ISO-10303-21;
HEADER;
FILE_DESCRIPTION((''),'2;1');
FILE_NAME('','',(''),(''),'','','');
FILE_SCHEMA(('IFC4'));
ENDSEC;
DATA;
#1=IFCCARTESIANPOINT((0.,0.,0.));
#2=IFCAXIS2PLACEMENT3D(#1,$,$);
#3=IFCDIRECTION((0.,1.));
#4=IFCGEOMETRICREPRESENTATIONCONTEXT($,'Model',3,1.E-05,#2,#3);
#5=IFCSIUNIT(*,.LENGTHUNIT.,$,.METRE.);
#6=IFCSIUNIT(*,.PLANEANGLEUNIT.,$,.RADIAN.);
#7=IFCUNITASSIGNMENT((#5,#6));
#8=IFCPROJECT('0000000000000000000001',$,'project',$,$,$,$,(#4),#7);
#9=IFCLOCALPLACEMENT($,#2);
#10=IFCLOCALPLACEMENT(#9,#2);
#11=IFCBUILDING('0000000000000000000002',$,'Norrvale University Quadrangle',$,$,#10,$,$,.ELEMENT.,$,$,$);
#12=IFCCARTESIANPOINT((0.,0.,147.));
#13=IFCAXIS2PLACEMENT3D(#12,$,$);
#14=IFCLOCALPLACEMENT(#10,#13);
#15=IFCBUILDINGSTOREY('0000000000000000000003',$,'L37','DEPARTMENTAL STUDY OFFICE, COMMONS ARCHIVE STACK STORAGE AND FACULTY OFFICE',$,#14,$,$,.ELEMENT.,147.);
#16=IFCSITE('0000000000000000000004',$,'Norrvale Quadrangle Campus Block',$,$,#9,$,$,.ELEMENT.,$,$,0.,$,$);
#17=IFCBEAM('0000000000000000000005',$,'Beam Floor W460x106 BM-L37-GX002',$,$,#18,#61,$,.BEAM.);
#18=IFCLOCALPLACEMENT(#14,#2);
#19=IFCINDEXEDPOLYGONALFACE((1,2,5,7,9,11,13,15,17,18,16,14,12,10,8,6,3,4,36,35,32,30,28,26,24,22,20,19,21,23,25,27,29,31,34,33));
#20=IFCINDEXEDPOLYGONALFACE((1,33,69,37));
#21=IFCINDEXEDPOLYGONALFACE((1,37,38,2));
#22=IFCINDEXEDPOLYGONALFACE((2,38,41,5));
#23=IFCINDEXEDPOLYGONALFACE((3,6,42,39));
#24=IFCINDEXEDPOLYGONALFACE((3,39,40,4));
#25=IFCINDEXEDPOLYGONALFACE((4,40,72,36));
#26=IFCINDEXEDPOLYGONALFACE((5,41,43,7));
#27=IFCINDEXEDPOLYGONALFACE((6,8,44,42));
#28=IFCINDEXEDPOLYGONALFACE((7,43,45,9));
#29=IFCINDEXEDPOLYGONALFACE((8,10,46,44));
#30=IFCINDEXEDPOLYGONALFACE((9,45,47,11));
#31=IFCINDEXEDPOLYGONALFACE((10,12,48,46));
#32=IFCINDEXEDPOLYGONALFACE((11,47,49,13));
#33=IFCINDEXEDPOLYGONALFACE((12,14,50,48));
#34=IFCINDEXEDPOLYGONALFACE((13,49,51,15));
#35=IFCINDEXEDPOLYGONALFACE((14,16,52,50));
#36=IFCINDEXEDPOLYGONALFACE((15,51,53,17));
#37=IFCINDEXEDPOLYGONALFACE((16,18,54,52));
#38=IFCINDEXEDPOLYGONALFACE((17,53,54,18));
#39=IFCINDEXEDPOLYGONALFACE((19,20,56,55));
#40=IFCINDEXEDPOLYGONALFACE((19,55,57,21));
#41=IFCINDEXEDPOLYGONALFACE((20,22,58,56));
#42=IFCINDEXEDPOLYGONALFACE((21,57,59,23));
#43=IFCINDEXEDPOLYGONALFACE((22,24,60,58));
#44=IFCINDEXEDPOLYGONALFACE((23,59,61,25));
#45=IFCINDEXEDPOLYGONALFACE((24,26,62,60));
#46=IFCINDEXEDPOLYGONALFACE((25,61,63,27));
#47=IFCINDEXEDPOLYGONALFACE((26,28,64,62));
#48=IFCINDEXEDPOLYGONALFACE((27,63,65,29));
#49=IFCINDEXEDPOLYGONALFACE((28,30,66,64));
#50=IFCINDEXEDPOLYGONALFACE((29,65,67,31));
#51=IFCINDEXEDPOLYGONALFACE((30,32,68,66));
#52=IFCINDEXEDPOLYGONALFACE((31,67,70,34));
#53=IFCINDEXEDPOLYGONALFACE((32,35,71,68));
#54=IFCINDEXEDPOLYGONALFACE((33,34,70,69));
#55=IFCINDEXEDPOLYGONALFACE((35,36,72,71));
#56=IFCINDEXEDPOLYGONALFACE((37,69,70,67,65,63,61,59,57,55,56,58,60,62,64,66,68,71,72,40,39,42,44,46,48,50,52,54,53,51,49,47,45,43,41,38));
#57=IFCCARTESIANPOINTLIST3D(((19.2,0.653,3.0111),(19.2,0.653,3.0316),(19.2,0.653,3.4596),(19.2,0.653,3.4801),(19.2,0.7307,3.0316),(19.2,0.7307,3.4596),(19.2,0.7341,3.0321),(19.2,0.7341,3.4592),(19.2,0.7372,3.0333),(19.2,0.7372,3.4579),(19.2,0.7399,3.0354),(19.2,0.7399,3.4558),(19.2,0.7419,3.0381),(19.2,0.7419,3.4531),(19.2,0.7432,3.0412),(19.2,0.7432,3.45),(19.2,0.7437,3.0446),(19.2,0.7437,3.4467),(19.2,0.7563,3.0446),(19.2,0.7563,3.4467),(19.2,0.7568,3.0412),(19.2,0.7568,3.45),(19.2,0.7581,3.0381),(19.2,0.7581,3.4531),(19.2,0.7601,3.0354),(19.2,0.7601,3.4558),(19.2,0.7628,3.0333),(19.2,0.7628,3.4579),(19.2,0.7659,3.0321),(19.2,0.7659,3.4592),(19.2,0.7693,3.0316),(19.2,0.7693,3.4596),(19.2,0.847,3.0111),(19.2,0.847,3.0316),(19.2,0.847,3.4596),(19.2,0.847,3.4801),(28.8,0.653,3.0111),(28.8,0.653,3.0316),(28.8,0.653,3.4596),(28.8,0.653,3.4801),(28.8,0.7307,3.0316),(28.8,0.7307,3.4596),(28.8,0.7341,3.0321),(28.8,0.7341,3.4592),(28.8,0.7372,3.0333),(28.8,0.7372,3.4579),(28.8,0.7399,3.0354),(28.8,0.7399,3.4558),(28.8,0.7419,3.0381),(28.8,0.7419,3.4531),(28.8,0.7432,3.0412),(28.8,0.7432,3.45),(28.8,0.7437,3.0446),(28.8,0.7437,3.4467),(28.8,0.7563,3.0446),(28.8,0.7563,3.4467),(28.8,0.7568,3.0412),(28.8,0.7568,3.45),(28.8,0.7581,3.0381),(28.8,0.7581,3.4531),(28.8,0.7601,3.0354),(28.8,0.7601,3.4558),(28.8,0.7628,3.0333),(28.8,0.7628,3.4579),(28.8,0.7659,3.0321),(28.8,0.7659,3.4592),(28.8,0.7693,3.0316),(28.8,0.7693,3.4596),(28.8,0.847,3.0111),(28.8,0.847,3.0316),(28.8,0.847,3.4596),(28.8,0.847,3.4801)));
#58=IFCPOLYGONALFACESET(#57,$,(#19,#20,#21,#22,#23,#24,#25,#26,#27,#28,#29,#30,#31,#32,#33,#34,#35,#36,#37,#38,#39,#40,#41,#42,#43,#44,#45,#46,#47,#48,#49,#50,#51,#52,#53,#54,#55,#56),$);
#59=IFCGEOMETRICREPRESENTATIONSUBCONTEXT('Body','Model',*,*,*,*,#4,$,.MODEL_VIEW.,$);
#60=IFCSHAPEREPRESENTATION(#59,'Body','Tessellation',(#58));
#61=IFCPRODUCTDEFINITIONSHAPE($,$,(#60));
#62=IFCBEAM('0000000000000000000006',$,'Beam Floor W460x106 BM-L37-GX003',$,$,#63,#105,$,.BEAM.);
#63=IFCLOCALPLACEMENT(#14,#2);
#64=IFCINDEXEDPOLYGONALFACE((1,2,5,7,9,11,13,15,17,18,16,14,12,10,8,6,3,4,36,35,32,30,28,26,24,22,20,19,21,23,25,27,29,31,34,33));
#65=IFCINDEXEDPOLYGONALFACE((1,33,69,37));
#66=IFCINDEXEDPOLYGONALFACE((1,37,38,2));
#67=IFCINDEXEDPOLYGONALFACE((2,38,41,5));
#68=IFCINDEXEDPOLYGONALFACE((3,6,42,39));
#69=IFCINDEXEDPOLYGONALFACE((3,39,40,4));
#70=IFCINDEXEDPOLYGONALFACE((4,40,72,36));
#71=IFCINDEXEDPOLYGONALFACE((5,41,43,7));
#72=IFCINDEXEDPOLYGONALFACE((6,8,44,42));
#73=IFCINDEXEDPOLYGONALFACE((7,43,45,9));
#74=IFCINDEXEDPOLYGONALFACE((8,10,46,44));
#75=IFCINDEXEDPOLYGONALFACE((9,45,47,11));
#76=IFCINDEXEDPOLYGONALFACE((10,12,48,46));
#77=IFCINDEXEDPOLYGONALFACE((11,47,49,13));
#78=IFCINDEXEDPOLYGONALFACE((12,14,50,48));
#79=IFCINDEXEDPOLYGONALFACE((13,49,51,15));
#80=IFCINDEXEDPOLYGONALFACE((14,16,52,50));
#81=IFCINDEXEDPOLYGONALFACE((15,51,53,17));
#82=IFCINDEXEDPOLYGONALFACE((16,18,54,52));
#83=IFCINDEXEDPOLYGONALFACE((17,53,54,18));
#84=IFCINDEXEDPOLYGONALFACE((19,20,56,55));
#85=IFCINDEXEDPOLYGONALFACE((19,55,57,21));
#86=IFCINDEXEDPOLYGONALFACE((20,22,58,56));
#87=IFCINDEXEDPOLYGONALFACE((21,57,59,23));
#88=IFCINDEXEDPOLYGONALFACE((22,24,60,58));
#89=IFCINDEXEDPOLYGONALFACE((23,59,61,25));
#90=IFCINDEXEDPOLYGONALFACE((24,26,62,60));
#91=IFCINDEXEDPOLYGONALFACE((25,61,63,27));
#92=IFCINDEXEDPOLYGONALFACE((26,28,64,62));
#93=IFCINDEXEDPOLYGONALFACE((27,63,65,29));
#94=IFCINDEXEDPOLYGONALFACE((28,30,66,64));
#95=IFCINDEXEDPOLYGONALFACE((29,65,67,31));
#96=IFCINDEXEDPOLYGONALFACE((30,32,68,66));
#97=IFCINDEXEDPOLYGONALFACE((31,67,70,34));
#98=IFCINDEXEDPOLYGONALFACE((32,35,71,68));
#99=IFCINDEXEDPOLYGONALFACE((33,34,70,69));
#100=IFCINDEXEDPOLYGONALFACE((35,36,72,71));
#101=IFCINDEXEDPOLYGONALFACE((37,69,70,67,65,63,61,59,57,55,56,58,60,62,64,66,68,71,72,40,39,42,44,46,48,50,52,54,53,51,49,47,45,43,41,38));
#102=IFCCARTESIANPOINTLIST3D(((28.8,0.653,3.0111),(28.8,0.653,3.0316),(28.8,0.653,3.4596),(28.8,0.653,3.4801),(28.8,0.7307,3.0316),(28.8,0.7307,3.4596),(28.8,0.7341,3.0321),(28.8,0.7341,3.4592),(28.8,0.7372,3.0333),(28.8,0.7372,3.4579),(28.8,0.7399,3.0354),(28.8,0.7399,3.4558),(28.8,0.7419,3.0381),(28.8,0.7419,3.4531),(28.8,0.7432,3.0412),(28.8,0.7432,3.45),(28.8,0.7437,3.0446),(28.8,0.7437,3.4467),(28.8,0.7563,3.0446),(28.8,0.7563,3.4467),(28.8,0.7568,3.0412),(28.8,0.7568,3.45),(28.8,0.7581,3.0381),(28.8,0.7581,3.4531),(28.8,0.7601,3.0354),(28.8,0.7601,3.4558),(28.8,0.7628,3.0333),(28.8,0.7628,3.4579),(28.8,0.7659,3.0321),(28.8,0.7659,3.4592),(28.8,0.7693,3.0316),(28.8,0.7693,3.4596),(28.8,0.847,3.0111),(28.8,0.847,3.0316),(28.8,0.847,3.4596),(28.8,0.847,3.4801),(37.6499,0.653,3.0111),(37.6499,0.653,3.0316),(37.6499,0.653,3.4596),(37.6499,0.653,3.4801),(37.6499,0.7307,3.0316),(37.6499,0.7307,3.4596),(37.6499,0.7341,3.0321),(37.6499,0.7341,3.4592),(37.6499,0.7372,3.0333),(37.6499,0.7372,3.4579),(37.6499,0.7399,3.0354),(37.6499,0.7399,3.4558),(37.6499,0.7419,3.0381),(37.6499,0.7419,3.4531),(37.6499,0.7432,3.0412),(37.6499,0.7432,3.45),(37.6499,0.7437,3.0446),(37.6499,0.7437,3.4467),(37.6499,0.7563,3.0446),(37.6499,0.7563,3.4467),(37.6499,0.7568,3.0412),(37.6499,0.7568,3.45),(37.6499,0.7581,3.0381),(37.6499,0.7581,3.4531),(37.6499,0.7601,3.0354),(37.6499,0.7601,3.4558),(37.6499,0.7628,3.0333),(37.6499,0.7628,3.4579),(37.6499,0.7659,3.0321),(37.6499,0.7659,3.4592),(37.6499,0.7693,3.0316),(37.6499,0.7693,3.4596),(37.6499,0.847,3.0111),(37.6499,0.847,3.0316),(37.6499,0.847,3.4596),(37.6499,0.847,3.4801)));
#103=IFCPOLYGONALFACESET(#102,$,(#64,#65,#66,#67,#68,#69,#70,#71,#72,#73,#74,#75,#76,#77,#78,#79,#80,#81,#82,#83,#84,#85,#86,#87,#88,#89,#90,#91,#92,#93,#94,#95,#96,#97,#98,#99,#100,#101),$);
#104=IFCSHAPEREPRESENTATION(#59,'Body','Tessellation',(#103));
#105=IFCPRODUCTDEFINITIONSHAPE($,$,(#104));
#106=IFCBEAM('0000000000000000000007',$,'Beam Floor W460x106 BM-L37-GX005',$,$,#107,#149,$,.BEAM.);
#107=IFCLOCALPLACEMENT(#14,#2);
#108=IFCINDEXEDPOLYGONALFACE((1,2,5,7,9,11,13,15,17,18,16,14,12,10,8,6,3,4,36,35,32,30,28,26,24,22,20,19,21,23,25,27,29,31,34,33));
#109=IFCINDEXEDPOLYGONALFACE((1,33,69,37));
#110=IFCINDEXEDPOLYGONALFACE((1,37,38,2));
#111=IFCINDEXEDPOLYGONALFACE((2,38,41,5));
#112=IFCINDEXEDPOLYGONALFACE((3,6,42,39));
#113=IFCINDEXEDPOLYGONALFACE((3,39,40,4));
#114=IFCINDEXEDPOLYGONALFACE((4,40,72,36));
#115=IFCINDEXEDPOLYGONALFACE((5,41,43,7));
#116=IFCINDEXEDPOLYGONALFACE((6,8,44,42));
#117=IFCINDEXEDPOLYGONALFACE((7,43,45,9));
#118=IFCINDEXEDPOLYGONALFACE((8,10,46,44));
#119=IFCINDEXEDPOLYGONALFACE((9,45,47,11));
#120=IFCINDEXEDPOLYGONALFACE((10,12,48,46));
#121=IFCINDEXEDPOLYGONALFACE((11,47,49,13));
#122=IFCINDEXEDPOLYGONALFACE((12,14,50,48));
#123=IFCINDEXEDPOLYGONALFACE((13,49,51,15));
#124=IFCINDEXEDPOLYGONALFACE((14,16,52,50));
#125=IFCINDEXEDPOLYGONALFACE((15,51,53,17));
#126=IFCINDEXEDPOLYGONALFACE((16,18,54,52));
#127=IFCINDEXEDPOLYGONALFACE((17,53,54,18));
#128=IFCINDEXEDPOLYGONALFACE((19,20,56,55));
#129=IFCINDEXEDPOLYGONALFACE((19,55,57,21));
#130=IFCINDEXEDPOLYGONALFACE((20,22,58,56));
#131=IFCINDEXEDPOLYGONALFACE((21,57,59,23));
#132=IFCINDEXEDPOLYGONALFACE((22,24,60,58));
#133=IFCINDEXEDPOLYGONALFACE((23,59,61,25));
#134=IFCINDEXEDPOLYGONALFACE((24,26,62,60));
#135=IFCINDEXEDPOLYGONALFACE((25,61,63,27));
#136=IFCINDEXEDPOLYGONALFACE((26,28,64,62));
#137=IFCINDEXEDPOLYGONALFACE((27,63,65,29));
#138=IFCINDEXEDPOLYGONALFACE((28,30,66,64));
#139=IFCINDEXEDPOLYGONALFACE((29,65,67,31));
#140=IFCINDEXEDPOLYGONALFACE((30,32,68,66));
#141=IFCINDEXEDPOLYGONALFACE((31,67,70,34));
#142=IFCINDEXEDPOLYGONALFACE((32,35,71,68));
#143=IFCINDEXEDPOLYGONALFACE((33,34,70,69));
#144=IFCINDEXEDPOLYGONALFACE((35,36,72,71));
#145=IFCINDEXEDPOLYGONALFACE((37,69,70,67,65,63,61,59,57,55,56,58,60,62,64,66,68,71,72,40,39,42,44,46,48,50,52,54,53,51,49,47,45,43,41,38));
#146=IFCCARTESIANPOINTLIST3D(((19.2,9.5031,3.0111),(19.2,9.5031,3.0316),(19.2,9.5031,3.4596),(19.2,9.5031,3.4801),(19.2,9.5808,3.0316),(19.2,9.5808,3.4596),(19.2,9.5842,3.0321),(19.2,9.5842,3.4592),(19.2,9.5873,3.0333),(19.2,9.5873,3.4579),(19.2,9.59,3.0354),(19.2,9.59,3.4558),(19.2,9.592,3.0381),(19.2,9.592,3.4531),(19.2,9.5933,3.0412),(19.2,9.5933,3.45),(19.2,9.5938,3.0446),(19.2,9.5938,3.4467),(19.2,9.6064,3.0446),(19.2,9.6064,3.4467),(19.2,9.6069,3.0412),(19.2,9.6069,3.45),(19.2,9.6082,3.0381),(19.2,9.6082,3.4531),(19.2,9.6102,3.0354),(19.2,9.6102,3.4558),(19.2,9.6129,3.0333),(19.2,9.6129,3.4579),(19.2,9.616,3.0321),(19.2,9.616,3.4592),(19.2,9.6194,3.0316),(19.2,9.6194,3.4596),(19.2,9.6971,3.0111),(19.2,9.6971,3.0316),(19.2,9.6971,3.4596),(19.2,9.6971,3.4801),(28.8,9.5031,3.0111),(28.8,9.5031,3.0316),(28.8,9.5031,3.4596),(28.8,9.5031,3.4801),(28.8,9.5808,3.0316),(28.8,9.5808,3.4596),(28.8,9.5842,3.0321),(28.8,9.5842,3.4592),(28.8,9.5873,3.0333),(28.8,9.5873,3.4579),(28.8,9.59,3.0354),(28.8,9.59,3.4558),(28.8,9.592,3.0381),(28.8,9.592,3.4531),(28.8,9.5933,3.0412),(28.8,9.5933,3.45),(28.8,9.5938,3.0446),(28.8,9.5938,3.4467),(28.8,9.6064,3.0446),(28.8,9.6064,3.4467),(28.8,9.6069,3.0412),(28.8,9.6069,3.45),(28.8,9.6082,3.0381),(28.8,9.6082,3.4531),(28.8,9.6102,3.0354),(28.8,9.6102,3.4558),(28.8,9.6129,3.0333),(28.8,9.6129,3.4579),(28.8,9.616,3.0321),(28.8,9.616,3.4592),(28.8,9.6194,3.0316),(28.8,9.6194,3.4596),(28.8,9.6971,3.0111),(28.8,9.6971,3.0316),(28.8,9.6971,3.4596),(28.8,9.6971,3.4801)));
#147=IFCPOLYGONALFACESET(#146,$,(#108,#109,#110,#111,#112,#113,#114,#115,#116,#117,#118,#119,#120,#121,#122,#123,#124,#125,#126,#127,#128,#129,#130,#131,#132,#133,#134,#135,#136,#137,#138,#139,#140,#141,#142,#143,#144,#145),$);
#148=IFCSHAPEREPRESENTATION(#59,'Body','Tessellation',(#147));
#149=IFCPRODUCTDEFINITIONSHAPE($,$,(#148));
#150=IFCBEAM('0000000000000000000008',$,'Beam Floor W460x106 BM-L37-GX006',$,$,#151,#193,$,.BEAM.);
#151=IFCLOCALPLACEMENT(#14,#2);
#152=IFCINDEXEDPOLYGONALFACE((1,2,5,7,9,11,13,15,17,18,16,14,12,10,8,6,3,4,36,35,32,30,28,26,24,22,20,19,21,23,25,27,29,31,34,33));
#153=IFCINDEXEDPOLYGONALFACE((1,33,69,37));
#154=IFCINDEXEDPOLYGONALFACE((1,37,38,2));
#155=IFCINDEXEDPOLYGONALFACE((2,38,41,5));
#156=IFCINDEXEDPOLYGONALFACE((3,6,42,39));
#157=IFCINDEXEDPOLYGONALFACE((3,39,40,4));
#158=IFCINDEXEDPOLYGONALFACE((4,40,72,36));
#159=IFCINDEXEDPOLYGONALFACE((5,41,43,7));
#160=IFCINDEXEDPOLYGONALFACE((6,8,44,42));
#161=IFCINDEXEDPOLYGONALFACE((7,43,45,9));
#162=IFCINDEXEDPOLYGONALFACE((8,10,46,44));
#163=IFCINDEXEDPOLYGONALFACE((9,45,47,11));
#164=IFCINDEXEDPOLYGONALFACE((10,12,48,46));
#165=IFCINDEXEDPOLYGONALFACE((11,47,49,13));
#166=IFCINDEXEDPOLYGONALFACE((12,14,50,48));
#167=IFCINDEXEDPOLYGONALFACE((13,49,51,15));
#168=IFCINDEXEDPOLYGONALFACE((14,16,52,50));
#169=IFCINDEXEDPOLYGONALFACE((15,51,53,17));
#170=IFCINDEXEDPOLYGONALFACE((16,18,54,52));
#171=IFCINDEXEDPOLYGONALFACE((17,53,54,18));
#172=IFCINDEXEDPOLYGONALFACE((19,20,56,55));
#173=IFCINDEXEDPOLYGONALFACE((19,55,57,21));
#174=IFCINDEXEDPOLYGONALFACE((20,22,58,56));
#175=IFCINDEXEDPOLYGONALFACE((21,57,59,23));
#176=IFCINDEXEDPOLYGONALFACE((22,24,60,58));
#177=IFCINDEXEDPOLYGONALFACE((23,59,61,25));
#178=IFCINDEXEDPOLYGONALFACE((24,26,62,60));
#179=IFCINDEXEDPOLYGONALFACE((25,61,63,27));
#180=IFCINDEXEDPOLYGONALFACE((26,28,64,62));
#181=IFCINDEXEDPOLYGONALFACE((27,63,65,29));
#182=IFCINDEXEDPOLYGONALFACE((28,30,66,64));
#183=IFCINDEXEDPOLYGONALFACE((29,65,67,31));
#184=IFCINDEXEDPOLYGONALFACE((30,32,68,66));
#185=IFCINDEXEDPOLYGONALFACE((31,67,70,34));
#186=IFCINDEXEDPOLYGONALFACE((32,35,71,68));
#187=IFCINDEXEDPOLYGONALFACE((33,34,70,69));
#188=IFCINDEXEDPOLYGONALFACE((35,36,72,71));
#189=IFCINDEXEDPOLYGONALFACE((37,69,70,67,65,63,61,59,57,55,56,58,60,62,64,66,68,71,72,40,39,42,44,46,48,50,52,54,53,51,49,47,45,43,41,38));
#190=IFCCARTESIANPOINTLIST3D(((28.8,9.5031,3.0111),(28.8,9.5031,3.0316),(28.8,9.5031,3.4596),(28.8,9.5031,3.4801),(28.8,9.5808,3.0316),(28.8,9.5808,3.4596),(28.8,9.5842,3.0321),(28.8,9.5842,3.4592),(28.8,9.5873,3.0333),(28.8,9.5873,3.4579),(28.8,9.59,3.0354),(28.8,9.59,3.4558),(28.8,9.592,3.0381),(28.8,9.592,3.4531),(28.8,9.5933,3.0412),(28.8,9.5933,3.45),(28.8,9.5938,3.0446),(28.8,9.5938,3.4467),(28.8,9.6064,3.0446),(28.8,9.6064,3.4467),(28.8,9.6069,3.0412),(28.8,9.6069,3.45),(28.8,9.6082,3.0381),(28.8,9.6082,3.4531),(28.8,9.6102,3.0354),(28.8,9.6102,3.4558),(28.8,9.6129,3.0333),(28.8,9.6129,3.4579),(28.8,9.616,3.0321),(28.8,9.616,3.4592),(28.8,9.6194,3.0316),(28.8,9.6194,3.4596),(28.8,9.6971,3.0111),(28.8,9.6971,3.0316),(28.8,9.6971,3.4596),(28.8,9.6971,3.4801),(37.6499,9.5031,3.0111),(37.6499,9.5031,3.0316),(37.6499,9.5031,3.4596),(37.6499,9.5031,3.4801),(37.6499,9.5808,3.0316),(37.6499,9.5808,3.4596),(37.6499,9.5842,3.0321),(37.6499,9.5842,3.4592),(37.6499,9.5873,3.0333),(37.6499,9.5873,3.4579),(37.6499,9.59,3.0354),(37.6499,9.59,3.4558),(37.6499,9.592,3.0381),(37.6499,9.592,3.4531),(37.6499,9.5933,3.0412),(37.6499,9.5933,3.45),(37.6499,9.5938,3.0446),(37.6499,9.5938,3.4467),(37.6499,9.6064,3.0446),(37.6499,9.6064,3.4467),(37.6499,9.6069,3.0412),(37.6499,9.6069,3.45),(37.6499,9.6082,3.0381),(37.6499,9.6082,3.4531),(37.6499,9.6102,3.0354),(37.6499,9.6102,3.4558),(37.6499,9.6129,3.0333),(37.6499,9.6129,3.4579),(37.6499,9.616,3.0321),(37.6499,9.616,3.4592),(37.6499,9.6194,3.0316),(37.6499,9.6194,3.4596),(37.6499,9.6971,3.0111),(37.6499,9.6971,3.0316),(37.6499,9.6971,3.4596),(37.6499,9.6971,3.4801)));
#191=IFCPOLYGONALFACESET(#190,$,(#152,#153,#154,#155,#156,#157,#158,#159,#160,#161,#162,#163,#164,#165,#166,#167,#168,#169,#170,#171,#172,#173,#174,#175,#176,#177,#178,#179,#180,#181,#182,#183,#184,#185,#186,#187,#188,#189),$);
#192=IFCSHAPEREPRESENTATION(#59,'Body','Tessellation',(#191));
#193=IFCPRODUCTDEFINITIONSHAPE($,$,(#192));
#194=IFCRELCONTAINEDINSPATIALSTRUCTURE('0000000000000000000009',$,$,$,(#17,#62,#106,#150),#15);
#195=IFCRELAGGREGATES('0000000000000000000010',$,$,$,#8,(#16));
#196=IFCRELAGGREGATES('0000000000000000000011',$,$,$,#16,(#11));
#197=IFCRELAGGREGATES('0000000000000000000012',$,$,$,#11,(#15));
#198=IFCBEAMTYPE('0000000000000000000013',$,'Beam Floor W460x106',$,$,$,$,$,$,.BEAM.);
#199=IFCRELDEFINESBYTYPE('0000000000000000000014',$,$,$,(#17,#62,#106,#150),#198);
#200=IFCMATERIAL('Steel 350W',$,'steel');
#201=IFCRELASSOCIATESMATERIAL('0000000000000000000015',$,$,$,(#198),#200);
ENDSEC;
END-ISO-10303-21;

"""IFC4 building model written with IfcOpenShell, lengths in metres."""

from ifc_helpers import new_model, si_unit, direction, frame, origin, origin_2d, place, context, subcontext, project, spatial, i_section, extrude, material, material_profile, profile_set, type_object, element, save


model = new_model("IFC4")

# Units and contexts
model_context = context("Model", 3, precision=1e-05, world=origin(), true_north=direction((0.0, 1.0)))
body_context = subcontext(model_context, "Body", "Model", "MODEL_VIEW")
ifc_project = project(units=[si_unit("LENGTHUNIT", "METRE"), si_unit("PLANEANGLEUNIT", "RADIAN")], contexts=[model_context])

# Site, building, storey
site_placement = place(None, origin())
site = spatial("IfcSite", under=ifc_project, at=site_placement, Name="Norrvale Quadrangle Campus Block", CompositionType="ELEMENT", RefElevation=0.0)
building_placement = place(site_placement, origin())
building = spatial("IfcBuilding", under=site, at=building_placement, Name="Norrvale University Quadrangle", CompositionType="ELEMENT")
storey_placement = place(building_placement, frame((0.0, 0.0, 147.0)))
storey = spatial("IfcBuildingStorey", under=building, at=storey_placement, Name="L37", Description="DEPARTMENTAL STUDY OFFICE, COMMONS ARCHIVE STACK STORAGE AND FACULTY OFFICE", CompositionType="ELEMENT", Elevation=147.0)

# Beams
ifc_material_1 = material(Name="Steel 350W", Category="steel")
ifc_material_profile_1 = material_profile(ifc_material_1, i_section(OverallWidth=0.1941, OverallDepth=0.469, WebThickness=0.0127, FlangeThickness=0.0205, FilletRadius=0.0129, at=origin_2d()), Name="Steel 350W")
ifc_profile_set_1 = profile_set([ifc_material_profile_1], Name="Steel 350W")
beam_type_1 = type_object("IfcBeamType", Name="Beam Floor W460x106", PredefinedType="BEAM", material=ifc_profile_set_1)
beam_1_placement = place(storey_placement, frame((19.2, 0.75, 3.2456), z_axis=(1.0, 0.0, 0.0), x_axis=(0.0, 1.0, 0.0)))
element("IfcBeam", 1, at=beam_1_placement, inside=storey, type_object=beam_type_1, Name="Beam Floor W460x106 BM-L37-GX002", PredefinedType="BEAM", context=body_context, shape_type="SweptSolid", body=[
    extrude(i_section(OverallWidth=0.1941, OverallDepth=0.469, WebThickness=0.0127, FlangeThickness=0.0205, FilletRadius=0.0129, at=origin_2d()), origin(), (0.0, 0.0, 1.0), 9.6001),
])
beam_2_placement = place(storey_placement, frame((28.8, 0.75, 3.2456), z_axis=(1.0, 0.0, 0.0), x_axis=(0.0, 1.0, 0.0)))
element("IfcBeam", 2, at=beam_2_placement, inside=storey, type_object=beam_type_1, Name="Beam Floor W460x106 BM-L37-GX003", PredefinedType="BEAM", context=body_context, shape_type="SweptSolid", body=[
    extrude(i_section(OverallWidth=0.1941, OverallDepth=0.469, WebThickness=0.0127, FlangeThickness=0.0205, FilletRadius=0.0129, at=origin_2d()), origin(), (0.0, 0.0, 1.0), 8.8499),
])
beam_3_placement = place(storey_placement, frame((19.2, 9.6001, 3.2456), z_axis=(1.0, 0.0, 0.0), x_axis=(0.0, 1.0, 0.0)))
element("IfcBeam", 3, at=beam_3_placement, inside=storey, type_object=beam_type_1, Name="Beam Floor W460x106 BM-L37-GX005", PredefinedType="BEAM", context=body_context, shape_type="SweptSolid", body=[
    extrude(i_section(OverallWidth=0.1941, OverallDepth=0.469, WebThickness=0.0127, FlangeThickness=0.0205, FilletRadius=0.0129, at=origin_2d()), origin(), (0.0, 0.0, 1.0), 9.6001),
])
beam_4_placement = place(storey_placement, frame((28.8, 9.6001, 3.2456), z_axis=(1.0, 0.0, 0.0), x_axis=(0.0, 1.0, 0.0)))
element("IfcBeam", 4, at=beam_4_placement, inside=storey, type_object=beam_type_1, Name="Beam Floor W460x106 BM-L37-GX006", PredefinedType="BEAM", context=body_context, shape_type="SweptSolid", body=[
    extrude(i_section(OverallWidth=0.1941, OverallDepth=0.469, WebThickness=0.0127, FlangeThickness=0.0205, FilletRadius=0.0129, at=origin_2d()), origin(), (0.0, 0.0, 1.0), 8.8499),
])

save(model, "model.ifc")
